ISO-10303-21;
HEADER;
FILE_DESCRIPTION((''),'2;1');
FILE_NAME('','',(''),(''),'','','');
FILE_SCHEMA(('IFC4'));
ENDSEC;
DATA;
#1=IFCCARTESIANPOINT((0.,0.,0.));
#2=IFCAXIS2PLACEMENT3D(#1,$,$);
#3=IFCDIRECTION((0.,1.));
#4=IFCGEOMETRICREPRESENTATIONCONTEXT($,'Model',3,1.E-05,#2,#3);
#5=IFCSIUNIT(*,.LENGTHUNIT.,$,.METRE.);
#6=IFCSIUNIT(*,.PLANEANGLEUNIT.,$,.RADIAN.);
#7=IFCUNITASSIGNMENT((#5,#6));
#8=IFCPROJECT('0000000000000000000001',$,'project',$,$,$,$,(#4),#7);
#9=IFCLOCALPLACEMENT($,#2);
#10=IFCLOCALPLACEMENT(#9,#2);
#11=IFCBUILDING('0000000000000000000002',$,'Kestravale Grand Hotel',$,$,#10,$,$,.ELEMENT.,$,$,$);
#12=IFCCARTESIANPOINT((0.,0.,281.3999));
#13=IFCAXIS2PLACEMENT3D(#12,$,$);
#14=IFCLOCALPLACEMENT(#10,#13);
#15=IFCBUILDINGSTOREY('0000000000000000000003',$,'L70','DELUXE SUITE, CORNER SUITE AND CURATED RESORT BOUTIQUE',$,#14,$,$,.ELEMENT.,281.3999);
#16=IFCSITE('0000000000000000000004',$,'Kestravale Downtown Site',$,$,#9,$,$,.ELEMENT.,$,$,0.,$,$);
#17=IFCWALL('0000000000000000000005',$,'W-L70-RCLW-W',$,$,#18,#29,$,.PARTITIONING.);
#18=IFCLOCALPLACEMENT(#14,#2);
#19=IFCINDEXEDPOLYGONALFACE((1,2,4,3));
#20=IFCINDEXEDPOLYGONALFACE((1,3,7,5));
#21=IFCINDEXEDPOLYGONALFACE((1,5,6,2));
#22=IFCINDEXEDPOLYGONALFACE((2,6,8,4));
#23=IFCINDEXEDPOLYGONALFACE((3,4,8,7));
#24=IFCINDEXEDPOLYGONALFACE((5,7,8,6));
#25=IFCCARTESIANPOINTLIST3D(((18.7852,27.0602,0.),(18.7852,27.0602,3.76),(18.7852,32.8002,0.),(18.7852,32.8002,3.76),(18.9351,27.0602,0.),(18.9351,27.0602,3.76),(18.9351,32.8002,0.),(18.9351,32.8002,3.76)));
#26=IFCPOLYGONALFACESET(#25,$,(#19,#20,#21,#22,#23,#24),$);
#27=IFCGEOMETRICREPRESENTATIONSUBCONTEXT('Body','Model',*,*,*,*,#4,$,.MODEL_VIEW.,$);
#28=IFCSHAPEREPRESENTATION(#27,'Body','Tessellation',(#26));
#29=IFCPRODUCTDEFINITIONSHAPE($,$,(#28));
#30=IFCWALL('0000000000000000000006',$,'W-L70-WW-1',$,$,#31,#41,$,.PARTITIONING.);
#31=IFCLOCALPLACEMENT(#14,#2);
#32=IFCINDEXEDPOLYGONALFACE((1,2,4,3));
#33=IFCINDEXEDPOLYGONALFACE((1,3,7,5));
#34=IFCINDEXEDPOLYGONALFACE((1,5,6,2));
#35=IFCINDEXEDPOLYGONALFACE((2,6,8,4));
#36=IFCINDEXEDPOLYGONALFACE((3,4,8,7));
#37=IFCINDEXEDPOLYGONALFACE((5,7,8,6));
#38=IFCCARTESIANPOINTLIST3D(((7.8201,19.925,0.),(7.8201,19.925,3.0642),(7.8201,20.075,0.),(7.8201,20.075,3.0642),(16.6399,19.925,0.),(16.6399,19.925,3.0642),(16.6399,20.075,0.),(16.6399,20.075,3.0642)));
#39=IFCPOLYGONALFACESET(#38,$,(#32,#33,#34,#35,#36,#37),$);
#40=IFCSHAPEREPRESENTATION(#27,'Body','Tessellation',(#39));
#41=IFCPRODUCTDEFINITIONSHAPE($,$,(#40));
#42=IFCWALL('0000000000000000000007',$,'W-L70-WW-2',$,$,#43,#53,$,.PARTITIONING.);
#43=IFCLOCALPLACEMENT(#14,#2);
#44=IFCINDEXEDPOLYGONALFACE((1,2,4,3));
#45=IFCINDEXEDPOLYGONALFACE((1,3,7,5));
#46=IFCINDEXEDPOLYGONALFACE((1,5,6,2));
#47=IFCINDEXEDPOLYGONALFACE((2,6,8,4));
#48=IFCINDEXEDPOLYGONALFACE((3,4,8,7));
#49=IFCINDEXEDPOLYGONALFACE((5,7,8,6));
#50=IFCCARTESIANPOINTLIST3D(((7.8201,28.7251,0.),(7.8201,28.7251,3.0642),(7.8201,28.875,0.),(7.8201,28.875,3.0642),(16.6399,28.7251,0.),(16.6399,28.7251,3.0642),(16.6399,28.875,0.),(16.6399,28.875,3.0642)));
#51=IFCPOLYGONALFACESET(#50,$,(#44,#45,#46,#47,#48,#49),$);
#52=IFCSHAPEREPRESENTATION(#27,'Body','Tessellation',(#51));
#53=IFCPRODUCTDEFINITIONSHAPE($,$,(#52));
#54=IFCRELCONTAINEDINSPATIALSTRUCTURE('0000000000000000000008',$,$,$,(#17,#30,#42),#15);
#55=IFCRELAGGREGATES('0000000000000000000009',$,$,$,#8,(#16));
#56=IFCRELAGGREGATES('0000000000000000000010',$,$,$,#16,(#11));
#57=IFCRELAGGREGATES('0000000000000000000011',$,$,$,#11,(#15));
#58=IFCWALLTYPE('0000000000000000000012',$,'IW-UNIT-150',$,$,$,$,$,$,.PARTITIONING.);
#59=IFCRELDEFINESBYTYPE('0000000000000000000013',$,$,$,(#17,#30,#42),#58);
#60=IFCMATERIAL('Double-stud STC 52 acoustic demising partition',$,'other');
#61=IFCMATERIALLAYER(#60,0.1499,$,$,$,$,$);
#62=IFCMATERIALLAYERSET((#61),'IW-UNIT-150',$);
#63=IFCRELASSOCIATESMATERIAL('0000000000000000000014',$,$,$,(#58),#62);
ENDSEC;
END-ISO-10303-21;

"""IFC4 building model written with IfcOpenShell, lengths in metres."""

from ifc_helpers import new_model, si_unit, direction, frame, frame_2d, origin, place, context, subcontext, project, spatial, rectangle, extrude, material, layer, layer_set, type_object, element, save


model = new_model("IFC4")

# Units and contexts
model_context = context("Model", 3, precision=1e-05, world=origin(), true_north=direction((0.0, 1.0)))
body_context = subcontext(model_context, "Body", "Model", "MODEL_VIEW")
ifc_project = project(units=[si_unit("LENGTHUNIT", "METRE"), si_unit("PLANEANGLEUNIT", "RADIAN")], contexts=[model_context])

# Site, building, storey
site_placement = place(None, origin())
site = spatial("IfcSite", under=ifc_project, at=site_placement, Name="Kestravale Downtown Site", CompositionType="ELEMENT", RefElevation=0.0)
building_placement = place(site_placement, origin())
building = spatial("IfcBuilding", under=site, at=building_placement, Name="Kestravale Grand Hotel", CompositionType="ELEMENT")
storey_placement = place(building_placement, frame((0.0, 0.0, 281.3999)))
storey = spatial("IfcBuildingStorey", under=building, at=storey_placement, Name="L70", Description="DELUXE SUITE, CORNER SUITE AND CURATED RESORT BOUTIQUE", CompositionType="ELEMENT", Elevation=281.3999)

# Walls
ifc_material_1 = material(Name="Double-stud STC 52 acoustic demising partition", Category="other")
ifc_layer_1 = layer(ifc_material_1, 0.1499)
ifc_layer_set_1 = layer_set([ifc_layer_1], Name="IW-UNIT-150")
wall_type_1 = type_object("IfcWallType", Name="IW-UNIT-150", PredefinedType="PARTITIONING", material=ifc_layer_set_1)
wall_1_placement = place(storey_placement, frame((18.8601, 27.0601, 0.0), z_axis=(0.0, 0.0, 1.0), x_axis=(0.0, 1.0, 0.0)))
element("IfcWall", 1, at=wall_1_placement, inside=storey, type_object=wall_type_1, Name="W-L70-RCLW-W", PredefinedType="PARTITIONING", context=body_context, shape_type="SweptSolid", body=[
    extrude(rectangle(XDim=5.74, YDim=0.1499, at=frame_2d((2.8701, 0.0))), origin(), (0.0, 0.0, 1.0), 3.76),
])
for number, where, z_axis, x_axis, name in (
    (2, (7.8201, 20.0, 0.0), (0.0, 0.0, 1.0), (1.0, 0.0, 0.0), "W-L70-WW-1"),
    (3, (7.8201, 28.8, 0.0), (0.0, 0.0, 1.0), (1.0, 0.0, 0.0), "W-L70-WW-2"),
):
    element("IfcWall", number, at=place(storey_placement, frame(where, z_axis=z_axis, x_axis=x_axis)), inside=storey, type_object=wall_type_1, Name=name, PredefinedType="PARTITIONING", context=body_context, shape_type="SweptSolid", body=[
        extrude(rectangle(XDim=8.8198, YDim=0.1499, at=frame_2d((4.4099, 0.0))), origin(), (0.0, 0.0, 1.0), 3.0642),
    ])

save(model, "model.ifc")
